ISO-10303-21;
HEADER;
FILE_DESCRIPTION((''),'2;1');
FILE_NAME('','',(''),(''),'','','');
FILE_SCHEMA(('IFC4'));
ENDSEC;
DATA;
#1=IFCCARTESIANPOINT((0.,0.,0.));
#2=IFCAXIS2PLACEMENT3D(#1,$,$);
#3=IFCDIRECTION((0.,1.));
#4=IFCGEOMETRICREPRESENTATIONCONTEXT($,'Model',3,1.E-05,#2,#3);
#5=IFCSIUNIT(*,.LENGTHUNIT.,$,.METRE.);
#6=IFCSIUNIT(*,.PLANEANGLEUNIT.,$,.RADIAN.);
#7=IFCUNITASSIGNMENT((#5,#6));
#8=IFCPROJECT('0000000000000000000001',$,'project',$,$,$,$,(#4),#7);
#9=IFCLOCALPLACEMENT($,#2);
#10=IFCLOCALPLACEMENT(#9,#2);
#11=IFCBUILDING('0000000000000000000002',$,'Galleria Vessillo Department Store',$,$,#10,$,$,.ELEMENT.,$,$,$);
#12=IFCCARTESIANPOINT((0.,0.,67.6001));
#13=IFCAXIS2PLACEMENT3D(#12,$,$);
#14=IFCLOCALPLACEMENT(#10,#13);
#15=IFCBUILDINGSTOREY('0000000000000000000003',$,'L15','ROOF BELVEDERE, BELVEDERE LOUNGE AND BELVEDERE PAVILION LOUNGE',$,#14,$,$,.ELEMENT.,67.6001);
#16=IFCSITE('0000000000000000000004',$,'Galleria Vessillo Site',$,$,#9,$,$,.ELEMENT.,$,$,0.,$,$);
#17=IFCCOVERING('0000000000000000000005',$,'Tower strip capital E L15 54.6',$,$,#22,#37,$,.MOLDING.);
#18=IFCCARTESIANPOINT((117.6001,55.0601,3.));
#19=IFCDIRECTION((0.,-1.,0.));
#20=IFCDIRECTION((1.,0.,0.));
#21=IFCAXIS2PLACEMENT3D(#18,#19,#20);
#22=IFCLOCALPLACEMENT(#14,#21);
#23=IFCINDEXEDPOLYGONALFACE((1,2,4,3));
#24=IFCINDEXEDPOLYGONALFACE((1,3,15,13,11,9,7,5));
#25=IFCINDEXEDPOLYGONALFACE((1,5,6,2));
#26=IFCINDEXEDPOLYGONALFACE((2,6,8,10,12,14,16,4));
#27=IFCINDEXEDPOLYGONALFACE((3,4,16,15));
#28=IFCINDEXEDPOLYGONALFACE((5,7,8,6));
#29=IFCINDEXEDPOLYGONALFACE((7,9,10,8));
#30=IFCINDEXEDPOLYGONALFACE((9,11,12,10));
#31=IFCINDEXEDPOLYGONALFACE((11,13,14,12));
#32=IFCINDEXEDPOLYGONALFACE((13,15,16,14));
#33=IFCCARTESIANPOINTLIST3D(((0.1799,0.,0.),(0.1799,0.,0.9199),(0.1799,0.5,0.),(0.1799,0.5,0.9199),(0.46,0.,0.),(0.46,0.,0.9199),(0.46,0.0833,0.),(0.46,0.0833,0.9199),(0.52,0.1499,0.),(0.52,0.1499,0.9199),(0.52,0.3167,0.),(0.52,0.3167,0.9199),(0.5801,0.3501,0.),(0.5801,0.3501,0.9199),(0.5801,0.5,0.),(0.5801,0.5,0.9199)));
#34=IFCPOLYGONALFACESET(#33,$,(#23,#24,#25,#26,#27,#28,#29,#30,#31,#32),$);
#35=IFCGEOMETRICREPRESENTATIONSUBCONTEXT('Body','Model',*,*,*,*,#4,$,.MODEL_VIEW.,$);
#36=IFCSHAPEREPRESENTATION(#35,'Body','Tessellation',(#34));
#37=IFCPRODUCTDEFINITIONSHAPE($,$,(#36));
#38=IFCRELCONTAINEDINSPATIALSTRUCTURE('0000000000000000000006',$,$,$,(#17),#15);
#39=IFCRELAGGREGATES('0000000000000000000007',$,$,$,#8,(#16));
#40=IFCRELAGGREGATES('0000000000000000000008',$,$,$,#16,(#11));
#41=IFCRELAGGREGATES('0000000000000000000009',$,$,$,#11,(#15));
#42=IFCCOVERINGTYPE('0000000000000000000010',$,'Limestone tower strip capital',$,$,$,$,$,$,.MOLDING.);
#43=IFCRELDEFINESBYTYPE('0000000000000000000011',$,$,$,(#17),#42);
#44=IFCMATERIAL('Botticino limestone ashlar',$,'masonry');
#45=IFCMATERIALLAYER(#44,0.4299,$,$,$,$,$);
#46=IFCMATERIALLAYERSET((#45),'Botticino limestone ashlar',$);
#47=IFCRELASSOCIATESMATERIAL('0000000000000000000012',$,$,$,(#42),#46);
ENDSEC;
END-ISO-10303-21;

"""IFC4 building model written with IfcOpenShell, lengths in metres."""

from ifc_helpers import new_model, si_unit, direction, frame, origin, place, context, subcontext, project, spatial, polyline, outline, extrude, material, layer, layer_set, type_object, element, save


model = new_model("IFC4")

# Units and contexts
model_context = context("Model", 3, precision=1e-05, world=origin(), true_north=direction((0.0, 1.0)))
body_context = subcontext(model_context, "Body", "Model", "MODEL_VIEW")
ifc_project = project(units=[si_unit("LENGTHUNIT", "METRE"), si_unit("PLANEANGLEUNIT", "RADIAN")], contexts=[model_context])

# Site, building, storey
site_placement = place(None, origin())
site = spatial("IfcSite", under=ifc_project, at=site_placement, Name="Galleria Vessillo Site", CompositionType="ELEMENT", RefElevation=0.0)
building_placement = place(site_placement, origin())
building = spatial("IfcBuilding", under=site, at=building_placement, Name="Galleria Vessillo Department Store", CompositionType="ELEMENT")
storey_placement = place(building_placement, frame((0.0, 0.0, 67.6001)))
storey = spatial("IfcBuildingStorey", under=building, at=storey_placement, Name="L15", Description="ROOF BELVEDERE, BELVEDERE LOUNGE AND BELVEDERE PAVILION LOUNGE", CompositionType="ELEMENT", Elevation=67.6001)

# Covering
ifc_material_1 = material(Name="Botticino limestone ashlar", Category="masonry")
ifc_layer_1 = layer(ifc_material_1, 0.4299)
ifc_layer_set_1 = layer_set([ifc_layer_1], Name="Botticino limestone ashlar")
covering_type_1 = type_object("IfcCoveringType", Name="Limestone tower strip capital", PredefinedType="MOLDING", material=ifc_layer_set_1)
covering_1_placement = place(storey_placement, frame((117.6001, 55.0601, 3.0), z_axis=(0.0, -1.0, 0.0), x_axis=(1.0, 0.0, 0.0)))
element("IfcCovering", 1, at=covering_1_placement, inside=storey, type_object=covering_type_1, Name="Tower strip capital E L15 54.6", PredefinedType="MOLDING", context=body_context, shape_type="SweptSolid", body=[
    extrude(outline(polyline([(0.1799, 0.0), (0.46, 0.0), (0.46, 0.0833), (0.52, 0.1499), (0.52, 0.3167), (0.5801, 0.3501), (0.5801, 0.5), (0.1799, 0.5), (0.1799, 0.0)])), origin(), (0.0, 0.0, 1.0), 0.9199),
])

save(model, "model.ifc")
